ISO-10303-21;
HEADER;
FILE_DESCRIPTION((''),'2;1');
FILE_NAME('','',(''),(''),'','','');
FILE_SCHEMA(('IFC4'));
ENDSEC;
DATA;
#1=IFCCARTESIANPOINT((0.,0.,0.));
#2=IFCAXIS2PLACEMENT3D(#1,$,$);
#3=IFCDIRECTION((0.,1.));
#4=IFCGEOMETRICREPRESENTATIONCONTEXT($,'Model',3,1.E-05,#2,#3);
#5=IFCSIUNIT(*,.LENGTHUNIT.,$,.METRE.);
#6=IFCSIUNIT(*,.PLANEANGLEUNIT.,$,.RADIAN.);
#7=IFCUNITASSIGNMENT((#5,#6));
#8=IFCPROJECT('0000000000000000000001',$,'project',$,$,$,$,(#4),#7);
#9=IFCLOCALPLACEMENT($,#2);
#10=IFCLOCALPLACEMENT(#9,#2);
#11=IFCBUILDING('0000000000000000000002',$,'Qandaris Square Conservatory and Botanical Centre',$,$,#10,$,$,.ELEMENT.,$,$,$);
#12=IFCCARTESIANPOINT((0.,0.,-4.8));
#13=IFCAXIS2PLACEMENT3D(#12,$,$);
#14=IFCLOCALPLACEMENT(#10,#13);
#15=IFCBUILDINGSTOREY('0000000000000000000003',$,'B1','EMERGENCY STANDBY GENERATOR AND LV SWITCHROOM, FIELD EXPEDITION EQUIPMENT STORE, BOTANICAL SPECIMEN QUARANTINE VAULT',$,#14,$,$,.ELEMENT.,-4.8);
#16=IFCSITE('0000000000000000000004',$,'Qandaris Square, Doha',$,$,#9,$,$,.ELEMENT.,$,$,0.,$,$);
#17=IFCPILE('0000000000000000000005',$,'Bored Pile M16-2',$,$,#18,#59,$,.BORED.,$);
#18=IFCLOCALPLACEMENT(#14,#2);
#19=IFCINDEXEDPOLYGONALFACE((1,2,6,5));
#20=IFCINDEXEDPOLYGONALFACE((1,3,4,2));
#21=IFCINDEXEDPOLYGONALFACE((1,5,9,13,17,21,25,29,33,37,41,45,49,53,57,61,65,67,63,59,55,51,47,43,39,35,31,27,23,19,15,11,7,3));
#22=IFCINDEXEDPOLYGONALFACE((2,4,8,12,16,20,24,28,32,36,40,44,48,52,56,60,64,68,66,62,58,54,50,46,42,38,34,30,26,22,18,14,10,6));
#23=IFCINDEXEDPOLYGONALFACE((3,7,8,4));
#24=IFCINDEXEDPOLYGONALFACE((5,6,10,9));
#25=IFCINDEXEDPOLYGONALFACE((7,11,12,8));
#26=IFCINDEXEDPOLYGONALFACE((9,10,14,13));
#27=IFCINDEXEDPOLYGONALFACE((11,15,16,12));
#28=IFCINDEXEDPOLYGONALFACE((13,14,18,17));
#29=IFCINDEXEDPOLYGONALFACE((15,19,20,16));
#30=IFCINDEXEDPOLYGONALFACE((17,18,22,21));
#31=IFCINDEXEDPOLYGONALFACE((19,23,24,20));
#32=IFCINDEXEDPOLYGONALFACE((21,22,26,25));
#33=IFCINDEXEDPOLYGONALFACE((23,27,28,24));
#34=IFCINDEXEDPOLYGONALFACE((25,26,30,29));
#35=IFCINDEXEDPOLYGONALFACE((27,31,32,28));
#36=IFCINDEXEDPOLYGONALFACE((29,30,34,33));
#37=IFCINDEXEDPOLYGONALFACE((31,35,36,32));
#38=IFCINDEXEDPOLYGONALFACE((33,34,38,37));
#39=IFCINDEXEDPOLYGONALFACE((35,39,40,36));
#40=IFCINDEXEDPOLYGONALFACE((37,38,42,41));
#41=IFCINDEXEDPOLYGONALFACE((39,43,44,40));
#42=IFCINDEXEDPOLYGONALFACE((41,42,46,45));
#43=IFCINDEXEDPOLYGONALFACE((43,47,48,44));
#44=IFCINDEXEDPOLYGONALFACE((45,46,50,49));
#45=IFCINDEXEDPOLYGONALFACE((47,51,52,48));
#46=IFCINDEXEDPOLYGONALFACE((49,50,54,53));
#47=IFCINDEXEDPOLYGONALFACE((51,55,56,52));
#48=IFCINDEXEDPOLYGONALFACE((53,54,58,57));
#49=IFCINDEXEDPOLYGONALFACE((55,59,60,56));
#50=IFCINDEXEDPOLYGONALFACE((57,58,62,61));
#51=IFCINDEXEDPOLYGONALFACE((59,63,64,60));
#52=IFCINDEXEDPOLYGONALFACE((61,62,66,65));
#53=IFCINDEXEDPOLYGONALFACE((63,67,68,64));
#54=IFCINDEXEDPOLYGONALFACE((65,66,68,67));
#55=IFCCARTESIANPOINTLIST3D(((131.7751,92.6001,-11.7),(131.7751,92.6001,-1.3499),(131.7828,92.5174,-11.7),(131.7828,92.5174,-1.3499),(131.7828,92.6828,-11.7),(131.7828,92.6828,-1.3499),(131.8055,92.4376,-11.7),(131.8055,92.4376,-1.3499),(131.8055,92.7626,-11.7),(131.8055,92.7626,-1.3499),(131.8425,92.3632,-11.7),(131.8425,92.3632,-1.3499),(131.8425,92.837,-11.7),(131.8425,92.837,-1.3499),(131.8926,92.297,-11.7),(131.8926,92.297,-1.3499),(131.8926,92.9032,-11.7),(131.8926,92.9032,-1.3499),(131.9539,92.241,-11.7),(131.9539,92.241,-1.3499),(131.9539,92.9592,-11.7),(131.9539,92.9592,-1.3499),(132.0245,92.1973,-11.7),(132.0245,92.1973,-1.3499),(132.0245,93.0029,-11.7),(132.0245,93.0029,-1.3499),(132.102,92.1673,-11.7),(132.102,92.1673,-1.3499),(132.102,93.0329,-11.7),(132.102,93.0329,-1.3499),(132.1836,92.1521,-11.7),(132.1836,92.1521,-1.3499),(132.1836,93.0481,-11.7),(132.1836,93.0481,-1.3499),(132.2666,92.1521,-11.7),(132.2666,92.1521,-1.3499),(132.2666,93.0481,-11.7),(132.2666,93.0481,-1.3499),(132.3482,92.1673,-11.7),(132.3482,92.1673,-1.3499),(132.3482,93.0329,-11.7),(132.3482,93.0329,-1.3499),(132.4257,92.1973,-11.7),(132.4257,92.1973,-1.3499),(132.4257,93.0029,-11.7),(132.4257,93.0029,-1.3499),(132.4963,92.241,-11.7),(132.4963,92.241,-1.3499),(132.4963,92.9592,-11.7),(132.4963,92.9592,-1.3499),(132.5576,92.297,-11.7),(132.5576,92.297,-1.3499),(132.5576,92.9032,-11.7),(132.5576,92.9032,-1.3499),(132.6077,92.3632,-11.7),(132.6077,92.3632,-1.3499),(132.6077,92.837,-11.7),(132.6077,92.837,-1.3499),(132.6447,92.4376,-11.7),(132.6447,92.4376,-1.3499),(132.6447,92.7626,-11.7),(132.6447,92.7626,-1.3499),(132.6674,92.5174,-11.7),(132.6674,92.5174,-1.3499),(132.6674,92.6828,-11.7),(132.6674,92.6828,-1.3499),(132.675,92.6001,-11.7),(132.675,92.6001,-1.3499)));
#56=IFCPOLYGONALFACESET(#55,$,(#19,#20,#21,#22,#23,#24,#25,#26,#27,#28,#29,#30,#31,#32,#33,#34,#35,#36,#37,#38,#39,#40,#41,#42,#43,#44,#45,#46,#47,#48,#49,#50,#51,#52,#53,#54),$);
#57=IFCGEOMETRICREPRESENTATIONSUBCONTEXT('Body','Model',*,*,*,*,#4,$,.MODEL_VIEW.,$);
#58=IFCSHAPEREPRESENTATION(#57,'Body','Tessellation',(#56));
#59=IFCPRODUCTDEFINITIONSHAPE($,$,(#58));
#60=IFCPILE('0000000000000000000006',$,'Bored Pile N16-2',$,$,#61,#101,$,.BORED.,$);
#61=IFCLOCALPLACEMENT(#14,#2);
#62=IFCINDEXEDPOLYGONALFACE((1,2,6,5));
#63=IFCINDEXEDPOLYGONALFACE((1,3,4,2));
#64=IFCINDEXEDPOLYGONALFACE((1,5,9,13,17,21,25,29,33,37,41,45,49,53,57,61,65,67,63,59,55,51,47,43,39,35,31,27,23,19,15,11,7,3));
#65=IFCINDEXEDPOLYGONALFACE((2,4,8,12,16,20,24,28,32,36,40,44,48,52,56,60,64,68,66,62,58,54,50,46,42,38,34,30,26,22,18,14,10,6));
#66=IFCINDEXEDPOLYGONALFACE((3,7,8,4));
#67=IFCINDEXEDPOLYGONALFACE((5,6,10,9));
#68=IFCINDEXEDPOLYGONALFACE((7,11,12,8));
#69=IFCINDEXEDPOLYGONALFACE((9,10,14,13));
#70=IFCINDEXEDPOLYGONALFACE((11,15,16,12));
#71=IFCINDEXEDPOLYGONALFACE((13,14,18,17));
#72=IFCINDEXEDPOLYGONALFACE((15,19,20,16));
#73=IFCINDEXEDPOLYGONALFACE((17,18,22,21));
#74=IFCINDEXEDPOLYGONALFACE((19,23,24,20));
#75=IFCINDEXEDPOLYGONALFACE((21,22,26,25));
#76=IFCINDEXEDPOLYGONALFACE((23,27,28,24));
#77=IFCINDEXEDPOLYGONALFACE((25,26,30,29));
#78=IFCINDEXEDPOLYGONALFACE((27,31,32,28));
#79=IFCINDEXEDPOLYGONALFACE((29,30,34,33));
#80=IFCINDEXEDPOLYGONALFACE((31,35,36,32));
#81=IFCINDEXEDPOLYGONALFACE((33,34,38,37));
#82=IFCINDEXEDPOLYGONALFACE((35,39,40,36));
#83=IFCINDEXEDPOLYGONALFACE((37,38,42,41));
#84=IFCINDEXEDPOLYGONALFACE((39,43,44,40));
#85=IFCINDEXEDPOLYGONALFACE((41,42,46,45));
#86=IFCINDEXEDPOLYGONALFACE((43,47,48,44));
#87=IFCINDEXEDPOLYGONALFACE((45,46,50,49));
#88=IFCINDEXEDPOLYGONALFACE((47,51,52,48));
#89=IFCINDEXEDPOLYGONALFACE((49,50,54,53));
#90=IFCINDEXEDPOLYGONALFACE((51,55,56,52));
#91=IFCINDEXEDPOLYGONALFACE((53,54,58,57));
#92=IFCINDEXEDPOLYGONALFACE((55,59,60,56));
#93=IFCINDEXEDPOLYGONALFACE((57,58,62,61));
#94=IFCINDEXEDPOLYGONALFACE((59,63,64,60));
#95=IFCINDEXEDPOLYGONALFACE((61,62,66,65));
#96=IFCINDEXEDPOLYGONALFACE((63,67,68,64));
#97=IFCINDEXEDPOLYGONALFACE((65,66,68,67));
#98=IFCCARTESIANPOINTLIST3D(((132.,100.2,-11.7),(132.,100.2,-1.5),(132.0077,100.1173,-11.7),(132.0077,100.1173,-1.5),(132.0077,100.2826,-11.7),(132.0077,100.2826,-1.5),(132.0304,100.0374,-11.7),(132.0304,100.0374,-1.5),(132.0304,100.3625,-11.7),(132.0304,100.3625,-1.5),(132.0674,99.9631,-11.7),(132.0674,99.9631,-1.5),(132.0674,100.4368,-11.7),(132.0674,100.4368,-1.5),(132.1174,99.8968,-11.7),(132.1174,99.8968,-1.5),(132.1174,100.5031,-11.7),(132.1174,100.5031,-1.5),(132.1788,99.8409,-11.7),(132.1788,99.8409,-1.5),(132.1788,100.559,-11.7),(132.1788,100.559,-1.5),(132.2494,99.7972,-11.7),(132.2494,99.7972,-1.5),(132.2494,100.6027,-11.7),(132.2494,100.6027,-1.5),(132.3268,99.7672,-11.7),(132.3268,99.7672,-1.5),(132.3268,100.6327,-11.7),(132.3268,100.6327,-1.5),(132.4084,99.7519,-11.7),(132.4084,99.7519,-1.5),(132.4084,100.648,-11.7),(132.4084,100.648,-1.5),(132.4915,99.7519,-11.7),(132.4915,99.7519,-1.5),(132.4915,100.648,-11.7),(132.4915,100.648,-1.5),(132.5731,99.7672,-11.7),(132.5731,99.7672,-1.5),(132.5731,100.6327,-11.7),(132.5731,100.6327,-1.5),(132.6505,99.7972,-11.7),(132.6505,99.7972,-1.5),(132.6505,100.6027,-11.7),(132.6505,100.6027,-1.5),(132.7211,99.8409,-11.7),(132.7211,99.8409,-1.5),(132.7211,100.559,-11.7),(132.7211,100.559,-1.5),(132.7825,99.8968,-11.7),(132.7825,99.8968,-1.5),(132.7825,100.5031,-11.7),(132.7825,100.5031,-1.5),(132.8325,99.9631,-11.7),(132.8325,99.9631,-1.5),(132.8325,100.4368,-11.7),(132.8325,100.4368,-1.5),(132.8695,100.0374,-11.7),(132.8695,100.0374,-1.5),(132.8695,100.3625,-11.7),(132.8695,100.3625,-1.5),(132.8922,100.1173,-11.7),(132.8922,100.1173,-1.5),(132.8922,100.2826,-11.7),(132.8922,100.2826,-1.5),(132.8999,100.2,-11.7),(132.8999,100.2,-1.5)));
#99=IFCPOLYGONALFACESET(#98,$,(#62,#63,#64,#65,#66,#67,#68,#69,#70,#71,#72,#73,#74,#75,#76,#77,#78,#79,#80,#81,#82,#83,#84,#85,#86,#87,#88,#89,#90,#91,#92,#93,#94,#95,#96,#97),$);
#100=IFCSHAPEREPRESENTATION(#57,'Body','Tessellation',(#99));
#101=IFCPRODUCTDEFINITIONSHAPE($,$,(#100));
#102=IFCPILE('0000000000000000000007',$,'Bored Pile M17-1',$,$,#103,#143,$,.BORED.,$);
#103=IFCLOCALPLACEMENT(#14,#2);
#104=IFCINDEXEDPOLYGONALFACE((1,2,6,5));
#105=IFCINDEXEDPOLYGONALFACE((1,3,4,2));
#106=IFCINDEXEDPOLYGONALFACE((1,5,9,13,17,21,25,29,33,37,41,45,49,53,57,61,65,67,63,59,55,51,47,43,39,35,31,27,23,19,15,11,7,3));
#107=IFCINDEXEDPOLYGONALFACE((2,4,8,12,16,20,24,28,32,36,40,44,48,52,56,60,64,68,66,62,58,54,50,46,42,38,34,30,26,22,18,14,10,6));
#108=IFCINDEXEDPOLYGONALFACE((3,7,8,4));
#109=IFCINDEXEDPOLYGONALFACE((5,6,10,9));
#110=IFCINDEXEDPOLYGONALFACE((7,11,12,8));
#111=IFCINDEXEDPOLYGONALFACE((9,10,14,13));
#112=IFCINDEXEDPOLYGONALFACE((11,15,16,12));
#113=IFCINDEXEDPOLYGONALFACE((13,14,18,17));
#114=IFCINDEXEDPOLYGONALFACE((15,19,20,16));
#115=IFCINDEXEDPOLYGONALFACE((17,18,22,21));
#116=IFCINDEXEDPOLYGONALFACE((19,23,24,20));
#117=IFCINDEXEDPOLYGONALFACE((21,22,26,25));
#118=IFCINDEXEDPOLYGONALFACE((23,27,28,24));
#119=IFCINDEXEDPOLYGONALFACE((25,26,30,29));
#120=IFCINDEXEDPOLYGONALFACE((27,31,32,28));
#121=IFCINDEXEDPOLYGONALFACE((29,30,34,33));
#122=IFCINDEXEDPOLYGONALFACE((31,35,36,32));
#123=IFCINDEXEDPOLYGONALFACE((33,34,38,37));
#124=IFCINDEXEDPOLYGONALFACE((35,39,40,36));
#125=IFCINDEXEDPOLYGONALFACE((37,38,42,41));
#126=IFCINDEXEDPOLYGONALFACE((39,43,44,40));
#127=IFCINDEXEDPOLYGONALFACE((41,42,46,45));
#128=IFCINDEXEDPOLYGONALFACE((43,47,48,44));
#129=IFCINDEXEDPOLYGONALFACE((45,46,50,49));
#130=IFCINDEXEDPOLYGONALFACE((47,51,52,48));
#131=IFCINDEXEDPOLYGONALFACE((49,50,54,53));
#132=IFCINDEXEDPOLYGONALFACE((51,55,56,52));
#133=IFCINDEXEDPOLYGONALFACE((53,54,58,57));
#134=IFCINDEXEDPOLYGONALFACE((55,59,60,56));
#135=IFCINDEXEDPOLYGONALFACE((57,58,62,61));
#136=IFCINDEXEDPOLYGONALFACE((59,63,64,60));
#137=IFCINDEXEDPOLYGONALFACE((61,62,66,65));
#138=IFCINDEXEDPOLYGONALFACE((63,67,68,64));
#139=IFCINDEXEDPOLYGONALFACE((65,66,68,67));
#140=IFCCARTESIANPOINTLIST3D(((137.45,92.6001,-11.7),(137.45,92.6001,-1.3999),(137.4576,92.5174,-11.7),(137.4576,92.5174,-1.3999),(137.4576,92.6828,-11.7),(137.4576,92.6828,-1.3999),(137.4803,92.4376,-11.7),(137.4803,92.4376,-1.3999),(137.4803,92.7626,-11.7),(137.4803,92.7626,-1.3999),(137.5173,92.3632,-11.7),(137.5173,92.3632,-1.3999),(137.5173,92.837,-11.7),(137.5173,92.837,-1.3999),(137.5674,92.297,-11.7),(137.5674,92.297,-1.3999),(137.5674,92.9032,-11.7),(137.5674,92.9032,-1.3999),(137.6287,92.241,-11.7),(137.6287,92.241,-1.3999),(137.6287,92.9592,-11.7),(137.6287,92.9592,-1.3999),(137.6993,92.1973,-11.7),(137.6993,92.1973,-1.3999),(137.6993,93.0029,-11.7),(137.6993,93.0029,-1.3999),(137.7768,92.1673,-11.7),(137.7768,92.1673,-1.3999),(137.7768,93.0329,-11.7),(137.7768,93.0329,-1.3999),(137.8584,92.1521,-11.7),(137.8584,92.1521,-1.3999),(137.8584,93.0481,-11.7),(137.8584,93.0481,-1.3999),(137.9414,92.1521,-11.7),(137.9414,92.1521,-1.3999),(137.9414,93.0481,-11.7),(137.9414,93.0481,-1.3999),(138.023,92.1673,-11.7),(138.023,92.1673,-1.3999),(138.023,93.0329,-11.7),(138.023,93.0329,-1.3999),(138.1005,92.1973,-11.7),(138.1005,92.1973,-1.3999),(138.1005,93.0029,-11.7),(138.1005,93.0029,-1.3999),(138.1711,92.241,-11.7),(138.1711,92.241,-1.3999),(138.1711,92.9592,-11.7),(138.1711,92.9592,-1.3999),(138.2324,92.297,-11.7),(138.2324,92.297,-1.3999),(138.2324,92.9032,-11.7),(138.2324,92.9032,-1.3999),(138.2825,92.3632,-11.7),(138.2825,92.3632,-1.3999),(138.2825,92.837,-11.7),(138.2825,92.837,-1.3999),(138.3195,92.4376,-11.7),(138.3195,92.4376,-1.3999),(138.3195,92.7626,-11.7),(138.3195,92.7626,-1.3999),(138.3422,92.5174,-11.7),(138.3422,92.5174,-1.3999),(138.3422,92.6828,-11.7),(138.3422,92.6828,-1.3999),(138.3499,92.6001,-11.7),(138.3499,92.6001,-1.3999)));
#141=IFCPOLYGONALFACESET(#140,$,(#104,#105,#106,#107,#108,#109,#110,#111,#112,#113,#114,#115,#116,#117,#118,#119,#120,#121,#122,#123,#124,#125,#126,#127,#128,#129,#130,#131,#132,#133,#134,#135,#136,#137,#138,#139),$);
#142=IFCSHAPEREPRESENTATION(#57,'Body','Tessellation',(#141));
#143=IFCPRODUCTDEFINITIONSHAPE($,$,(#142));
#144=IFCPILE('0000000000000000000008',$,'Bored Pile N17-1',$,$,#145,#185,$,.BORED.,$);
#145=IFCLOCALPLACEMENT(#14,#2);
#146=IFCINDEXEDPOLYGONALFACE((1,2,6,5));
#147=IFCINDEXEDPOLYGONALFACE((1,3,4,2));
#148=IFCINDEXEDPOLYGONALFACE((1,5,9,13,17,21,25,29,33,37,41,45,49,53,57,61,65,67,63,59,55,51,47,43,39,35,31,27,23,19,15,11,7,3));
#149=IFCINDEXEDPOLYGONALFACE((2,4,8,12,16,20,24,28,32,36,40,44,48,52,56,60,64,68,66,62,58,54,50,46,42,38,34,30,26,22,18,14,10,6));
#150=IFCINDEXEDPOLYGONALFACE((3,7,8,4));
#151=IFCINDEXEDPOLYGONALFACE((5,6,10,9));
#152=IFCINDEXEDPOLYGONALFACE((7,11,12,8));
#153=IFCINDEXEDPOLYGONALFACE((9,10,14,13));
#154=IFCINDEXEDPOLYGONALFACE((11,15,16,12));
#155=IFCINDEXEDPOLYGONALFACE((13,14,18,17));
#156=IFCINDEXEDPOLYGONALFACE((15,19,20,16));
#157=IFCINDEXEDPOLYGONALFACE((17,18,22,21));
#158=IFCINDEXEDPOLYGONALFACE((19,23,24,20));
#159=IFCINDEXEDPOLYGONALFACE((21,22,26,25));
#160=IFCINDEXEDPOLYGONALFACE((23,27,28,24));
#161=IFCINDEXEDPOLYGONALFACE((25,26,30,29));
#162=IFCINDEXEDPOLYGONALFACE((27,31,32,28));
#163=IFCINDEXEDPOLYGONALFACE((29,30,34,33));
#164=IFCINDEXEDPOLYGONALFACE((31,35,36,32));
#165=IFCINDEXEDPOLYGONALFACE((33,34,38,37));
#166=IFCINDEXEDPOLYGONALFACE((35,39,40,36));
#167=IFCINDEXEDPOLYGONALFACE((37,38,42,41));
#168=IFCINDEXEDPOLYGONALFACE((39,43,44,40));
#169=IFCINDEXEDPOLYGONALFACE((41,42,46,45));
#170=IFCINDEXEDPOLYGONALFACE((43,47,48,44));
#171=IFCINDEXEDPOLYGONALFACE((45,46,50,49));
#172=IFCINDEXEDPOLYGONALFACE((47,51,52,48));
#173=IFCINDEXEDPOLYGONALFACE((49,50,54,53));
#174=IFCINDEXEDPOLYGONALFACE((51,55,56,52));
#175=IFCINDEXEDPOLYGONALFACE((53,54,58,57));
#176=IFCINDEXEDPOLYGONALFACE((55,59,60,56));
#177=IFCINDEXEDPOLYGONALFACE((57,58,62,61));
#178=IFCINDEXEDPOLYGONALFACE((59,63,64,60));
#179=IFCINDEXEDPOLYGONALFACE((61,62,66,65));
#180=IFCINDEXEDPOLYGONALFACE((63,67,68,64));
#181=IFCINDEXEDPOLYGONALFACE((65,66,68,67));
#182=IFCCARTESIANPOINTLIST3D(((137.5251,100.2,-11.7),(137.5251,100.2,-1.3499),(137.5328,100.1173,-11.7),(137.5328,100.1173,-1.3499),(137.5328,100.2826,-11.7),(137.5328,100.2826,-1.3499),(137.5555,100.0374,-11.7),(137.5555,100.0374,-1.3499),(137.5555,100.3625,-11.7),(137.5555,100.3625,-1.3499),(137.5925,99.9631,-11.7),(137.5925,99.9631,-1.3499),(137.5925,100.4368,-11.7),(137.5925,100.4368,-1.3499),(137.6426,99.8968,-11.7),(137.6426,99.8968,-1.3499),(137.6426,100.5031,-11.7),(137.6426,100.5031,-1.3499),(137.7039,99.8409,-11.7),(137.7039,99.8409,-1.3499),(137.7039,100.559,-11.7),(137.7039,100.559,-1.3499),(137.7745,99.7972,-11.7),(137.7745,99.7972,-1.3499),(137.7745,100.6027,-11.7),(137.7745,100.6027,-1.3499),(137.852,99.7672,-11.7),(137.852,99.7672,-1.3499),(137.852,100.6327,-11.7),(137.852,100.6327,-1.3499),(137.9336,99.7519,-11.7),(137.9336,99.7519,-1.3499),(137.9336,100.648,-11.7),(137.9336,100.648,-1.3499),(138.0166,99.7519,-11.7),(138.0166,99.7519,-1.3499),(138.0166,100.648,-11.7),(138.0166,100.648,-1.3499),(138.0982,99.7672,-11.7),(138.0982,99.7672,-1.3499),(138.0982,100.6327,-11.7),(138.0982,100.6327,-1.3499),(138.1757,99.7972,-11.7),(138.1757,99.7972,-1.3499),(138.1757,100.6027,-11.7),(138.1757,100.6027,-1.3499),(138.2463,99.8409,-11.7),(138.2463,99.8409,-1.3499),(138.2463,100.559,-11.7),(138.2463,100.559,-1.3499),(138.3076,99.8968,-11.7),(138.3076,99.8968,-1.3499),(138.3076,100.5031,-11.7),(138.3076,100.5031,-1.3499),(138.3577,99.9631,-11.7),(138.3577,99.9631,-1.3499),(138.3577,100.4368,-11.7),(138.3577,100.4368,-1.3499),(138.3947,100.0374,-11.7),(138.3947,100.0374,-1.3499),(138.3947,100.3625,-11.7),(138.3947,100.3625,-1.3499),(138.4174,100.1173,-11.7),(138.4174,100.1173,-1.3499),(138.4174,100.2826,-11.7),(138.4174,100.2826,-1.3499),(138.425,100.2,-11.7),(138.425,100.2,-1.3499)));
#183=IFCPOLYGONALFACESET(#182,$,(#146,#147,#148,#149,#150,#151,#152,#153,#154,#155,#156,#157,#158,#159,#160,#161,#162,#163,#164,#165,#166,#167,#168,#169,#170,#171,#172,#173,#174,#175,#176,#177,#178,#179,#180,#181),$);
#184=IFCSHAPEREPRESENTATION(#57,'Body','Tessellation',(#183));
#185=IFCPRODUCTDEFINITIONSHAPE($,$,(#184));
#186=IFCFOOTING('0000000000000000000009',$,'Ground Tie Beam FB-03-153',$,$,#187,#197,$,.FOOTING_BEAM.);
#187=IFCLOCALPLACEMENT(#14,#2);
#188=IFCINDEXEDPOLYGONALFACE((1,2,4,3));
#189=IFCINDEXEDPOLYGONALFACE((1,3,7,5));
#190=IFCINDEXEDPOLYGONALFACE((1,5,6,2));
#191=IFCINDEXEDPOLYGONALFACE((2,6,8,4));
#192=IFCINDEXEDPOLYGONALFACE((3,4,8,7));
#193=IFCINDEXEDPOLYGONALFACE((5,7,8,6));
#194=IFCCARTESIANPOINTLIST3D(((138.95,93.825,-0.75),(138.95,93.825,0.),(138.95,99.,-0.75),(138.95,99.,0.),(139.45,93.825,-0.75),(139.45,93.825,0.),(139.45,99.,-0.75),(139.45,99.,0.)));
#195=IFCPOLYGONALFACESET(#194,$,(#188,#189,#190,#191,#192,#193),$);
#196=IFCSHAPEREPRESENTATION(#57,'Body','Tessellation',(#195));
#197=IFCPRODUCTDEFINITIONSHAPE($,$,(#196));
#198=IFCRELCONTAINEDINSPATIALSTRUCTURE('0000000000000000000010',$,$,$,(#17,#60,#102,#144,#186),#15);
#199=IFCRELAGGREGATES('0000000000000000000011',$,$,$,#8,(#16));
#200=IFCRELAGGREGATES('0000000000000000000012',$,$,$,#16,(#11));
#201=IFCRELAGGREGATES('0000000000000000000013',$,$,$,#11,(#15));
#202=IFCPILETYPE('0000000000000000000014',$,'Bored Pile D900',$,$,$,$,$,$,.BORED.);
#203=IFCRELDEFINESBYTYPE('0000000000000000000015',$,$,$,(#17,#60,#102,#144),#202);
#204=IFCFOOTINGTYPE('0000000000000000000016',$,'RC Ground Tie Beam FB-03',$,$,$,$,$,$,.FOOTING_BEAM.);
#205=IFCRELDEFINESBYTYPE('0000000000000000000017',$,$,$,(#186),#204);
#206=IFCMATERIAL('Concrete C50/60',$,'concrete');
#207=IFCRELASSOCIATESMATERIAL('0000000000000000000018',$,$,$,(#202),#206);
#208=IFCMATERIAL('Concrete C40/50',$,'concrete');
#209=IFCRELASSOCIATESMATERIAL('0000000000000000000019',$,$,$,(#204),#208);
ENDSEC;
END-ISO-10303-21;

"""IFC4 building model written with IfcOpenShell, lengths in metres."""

from ifc_helpers import new_model, si_unit, direction, frame, origin, origin_2d, place, context, subcontext, project, spatial, rectangle, circle, extrude, material, material_profile, profile_set, type_object, element, save


model = new_model("IFC4")

# Units and contexts
model_context = context("Model", 3, precision=1e-05, world=origin(), true_north=direction((0.0, 1.0)))
body_context = subcontext(model_context, "Body", "Model", "MODEL_VIEW")
ifc_project = project(units=[si_unit("LENGTHUNIT", "METRE"), si_unit("PLANEANGLEUNIT", "RADIAN")], contexts=[model_context])

# Site, building, storey
site_placement = place(None, origin())
site = spatial("IfcSite", under=ifc_project, at=site_placement, Name="Qandaris Square, Doha", CompositionType="ELEMENT", RefElevation=0.0)
building_placement = place(site_placement, origin())
building = spatial("IfcBuilding", under=site, at=building_placement, Name="Qandaris Square Conservatory and Botanical Centre", CompositionType="ELEMENT")
storey_placement = place(building_placement, frame((0.0, 0.0, -4.8)))
storey = spatial("IfcBuildingStorey", under=building, at=storey_placement, Name="B1", Description="EMERGENCY STANDBY GENERATOR AND LV SWITCHROOM, FIELD EXPEDITION EQUIPMENT STORE, BOTANICAL SPECIMEN QUARANTINE VAULT", CompositionType="ELEMENT", Elevation=-4.8)

# Piles
ifc_material_1 = material(Name="Concrete C50/60", Category="concrete")
ifc_material_profile_1 = material_profile(ifc_material_1, circle(Radius=0.45, at=origin_2d()), Name="PILE D900")
ifc_profile_set_1 = profile_set([ifc_material_profile_1], Name="Concrete C50/60")
pile_type = type_object("IfcPileType", Name="Bored Pile D900", PredefinedType="BORED", material=ifc_profile_set_1)
pile_1_placement = place(storey_placement, frame((132.2251, 92.6001, -1.3499), z_axis=(0.0, 0.0, -1.0), x_axis=(1.0, 0.0, 0.0)))
element("IfcPile", 1, at=pile_1_placement, inside=storey, type_object=pile_type, Name="Bored Pile M16-2", PredefinedType="BORED", context=body_context, shape_type="SweptSolid", body=[
    extrude(circle(Radius=0.45, at=origin_2d()), origin(), (0.0, 0.0, 1.0), 10.3501),
])
pile_2_placement = place(storey_placement, frame((132.45, 100.2, -1.5), z_axis=(0.0, 0.0, -1.0), x_axis=(1.0, 0.0, 0.0)))
element("IfcPile", 2, at=pile_2_placement, inside=storey, type_object=pile_type, Name="Bored Pile N16-2", PredefinedType="BORED", context=body_context, shape_type="SweptSolid", body=[
    extrude(circle(Radius=0.45, at=origin_2d()), origin(), (0.0, 0.0, 1.0), 10.2),
])
pile_3_placement = place(storey_placement, frame((137.8999, 92.6001, -1.3999), z_axis=(0.0, 0.0, -1.0), x_axis=(1.0, 0.0, 0.0)))
element("IfcPile", 3, at=pile_3_placement, inside=storey, type_object=pile_type, Name="Bored Pile M17-1", PredefinedType="BORED", context=body_context, shape_type="SweptSolid", body=[
    extrude(circle(Radius=0.45, at=origin_2d()), origin(), (0.0, 0.0, 1.0), 10.3),
])
pile_4_placement = place(storey_placement, frame((137.9751, 100.2, -1.3499), z_axis=(0.0, 0.0, -1.0), x_axis=(1.0, 0.0, 0.0)))
element("IfcPile", 4, at=pile_4_placement, inside=storey, type_object=pile_type, Name="Bored Pile N17-1", PredefinedType="BORED", context=body_context, shape_type="SweptSolid", body=[
    extrude(circle(Radius=0.45, at=origin_2d()), origin(), (0.0, 0.0, 1.0), 10.3501),
])

# Footing
ifc_material_2 = material(Name="Concrete C40/50", Category="concrete")
ifc_material_profile_2 = material_profile(ifc_material_2, rectangle(XDim=0.5, YDim=0.75, at=origin_2d()), Name="FB 500x750")
ifc_profile_set_2 = profile_set([ifc_material_profile_2], Name="Concrete C40/50")
footing_type_1 = type_object("IfcFootingType", Name="RC Ground Tie Beam FB-03", PredefinedType="FOOTING_BEAM", material=ifc_profile_set_2)
footing_1_placement = place(storey_placement, frame((139.2, 93.825, -0.375), z_axis=(0.0, 1.0, 0.0), x_axis=(-1.0, 0.0, 0.0)))
element("IfcFooting", 5, at=footing_1_placement, inside=storey, type_object=footing_type_1, Name="Ground Tie Beam FB-03-153", PredefinedType="FOOTING_BEAM", context=body_context, shape_type="SweptSolid", body=[
    extrude(rectangle(XDim=0.5, YDim=0.75, at=origin_2d()), origin(), (0.0, 0.0, 1.0), 5.175),
])

save(model, "model.ifc")
